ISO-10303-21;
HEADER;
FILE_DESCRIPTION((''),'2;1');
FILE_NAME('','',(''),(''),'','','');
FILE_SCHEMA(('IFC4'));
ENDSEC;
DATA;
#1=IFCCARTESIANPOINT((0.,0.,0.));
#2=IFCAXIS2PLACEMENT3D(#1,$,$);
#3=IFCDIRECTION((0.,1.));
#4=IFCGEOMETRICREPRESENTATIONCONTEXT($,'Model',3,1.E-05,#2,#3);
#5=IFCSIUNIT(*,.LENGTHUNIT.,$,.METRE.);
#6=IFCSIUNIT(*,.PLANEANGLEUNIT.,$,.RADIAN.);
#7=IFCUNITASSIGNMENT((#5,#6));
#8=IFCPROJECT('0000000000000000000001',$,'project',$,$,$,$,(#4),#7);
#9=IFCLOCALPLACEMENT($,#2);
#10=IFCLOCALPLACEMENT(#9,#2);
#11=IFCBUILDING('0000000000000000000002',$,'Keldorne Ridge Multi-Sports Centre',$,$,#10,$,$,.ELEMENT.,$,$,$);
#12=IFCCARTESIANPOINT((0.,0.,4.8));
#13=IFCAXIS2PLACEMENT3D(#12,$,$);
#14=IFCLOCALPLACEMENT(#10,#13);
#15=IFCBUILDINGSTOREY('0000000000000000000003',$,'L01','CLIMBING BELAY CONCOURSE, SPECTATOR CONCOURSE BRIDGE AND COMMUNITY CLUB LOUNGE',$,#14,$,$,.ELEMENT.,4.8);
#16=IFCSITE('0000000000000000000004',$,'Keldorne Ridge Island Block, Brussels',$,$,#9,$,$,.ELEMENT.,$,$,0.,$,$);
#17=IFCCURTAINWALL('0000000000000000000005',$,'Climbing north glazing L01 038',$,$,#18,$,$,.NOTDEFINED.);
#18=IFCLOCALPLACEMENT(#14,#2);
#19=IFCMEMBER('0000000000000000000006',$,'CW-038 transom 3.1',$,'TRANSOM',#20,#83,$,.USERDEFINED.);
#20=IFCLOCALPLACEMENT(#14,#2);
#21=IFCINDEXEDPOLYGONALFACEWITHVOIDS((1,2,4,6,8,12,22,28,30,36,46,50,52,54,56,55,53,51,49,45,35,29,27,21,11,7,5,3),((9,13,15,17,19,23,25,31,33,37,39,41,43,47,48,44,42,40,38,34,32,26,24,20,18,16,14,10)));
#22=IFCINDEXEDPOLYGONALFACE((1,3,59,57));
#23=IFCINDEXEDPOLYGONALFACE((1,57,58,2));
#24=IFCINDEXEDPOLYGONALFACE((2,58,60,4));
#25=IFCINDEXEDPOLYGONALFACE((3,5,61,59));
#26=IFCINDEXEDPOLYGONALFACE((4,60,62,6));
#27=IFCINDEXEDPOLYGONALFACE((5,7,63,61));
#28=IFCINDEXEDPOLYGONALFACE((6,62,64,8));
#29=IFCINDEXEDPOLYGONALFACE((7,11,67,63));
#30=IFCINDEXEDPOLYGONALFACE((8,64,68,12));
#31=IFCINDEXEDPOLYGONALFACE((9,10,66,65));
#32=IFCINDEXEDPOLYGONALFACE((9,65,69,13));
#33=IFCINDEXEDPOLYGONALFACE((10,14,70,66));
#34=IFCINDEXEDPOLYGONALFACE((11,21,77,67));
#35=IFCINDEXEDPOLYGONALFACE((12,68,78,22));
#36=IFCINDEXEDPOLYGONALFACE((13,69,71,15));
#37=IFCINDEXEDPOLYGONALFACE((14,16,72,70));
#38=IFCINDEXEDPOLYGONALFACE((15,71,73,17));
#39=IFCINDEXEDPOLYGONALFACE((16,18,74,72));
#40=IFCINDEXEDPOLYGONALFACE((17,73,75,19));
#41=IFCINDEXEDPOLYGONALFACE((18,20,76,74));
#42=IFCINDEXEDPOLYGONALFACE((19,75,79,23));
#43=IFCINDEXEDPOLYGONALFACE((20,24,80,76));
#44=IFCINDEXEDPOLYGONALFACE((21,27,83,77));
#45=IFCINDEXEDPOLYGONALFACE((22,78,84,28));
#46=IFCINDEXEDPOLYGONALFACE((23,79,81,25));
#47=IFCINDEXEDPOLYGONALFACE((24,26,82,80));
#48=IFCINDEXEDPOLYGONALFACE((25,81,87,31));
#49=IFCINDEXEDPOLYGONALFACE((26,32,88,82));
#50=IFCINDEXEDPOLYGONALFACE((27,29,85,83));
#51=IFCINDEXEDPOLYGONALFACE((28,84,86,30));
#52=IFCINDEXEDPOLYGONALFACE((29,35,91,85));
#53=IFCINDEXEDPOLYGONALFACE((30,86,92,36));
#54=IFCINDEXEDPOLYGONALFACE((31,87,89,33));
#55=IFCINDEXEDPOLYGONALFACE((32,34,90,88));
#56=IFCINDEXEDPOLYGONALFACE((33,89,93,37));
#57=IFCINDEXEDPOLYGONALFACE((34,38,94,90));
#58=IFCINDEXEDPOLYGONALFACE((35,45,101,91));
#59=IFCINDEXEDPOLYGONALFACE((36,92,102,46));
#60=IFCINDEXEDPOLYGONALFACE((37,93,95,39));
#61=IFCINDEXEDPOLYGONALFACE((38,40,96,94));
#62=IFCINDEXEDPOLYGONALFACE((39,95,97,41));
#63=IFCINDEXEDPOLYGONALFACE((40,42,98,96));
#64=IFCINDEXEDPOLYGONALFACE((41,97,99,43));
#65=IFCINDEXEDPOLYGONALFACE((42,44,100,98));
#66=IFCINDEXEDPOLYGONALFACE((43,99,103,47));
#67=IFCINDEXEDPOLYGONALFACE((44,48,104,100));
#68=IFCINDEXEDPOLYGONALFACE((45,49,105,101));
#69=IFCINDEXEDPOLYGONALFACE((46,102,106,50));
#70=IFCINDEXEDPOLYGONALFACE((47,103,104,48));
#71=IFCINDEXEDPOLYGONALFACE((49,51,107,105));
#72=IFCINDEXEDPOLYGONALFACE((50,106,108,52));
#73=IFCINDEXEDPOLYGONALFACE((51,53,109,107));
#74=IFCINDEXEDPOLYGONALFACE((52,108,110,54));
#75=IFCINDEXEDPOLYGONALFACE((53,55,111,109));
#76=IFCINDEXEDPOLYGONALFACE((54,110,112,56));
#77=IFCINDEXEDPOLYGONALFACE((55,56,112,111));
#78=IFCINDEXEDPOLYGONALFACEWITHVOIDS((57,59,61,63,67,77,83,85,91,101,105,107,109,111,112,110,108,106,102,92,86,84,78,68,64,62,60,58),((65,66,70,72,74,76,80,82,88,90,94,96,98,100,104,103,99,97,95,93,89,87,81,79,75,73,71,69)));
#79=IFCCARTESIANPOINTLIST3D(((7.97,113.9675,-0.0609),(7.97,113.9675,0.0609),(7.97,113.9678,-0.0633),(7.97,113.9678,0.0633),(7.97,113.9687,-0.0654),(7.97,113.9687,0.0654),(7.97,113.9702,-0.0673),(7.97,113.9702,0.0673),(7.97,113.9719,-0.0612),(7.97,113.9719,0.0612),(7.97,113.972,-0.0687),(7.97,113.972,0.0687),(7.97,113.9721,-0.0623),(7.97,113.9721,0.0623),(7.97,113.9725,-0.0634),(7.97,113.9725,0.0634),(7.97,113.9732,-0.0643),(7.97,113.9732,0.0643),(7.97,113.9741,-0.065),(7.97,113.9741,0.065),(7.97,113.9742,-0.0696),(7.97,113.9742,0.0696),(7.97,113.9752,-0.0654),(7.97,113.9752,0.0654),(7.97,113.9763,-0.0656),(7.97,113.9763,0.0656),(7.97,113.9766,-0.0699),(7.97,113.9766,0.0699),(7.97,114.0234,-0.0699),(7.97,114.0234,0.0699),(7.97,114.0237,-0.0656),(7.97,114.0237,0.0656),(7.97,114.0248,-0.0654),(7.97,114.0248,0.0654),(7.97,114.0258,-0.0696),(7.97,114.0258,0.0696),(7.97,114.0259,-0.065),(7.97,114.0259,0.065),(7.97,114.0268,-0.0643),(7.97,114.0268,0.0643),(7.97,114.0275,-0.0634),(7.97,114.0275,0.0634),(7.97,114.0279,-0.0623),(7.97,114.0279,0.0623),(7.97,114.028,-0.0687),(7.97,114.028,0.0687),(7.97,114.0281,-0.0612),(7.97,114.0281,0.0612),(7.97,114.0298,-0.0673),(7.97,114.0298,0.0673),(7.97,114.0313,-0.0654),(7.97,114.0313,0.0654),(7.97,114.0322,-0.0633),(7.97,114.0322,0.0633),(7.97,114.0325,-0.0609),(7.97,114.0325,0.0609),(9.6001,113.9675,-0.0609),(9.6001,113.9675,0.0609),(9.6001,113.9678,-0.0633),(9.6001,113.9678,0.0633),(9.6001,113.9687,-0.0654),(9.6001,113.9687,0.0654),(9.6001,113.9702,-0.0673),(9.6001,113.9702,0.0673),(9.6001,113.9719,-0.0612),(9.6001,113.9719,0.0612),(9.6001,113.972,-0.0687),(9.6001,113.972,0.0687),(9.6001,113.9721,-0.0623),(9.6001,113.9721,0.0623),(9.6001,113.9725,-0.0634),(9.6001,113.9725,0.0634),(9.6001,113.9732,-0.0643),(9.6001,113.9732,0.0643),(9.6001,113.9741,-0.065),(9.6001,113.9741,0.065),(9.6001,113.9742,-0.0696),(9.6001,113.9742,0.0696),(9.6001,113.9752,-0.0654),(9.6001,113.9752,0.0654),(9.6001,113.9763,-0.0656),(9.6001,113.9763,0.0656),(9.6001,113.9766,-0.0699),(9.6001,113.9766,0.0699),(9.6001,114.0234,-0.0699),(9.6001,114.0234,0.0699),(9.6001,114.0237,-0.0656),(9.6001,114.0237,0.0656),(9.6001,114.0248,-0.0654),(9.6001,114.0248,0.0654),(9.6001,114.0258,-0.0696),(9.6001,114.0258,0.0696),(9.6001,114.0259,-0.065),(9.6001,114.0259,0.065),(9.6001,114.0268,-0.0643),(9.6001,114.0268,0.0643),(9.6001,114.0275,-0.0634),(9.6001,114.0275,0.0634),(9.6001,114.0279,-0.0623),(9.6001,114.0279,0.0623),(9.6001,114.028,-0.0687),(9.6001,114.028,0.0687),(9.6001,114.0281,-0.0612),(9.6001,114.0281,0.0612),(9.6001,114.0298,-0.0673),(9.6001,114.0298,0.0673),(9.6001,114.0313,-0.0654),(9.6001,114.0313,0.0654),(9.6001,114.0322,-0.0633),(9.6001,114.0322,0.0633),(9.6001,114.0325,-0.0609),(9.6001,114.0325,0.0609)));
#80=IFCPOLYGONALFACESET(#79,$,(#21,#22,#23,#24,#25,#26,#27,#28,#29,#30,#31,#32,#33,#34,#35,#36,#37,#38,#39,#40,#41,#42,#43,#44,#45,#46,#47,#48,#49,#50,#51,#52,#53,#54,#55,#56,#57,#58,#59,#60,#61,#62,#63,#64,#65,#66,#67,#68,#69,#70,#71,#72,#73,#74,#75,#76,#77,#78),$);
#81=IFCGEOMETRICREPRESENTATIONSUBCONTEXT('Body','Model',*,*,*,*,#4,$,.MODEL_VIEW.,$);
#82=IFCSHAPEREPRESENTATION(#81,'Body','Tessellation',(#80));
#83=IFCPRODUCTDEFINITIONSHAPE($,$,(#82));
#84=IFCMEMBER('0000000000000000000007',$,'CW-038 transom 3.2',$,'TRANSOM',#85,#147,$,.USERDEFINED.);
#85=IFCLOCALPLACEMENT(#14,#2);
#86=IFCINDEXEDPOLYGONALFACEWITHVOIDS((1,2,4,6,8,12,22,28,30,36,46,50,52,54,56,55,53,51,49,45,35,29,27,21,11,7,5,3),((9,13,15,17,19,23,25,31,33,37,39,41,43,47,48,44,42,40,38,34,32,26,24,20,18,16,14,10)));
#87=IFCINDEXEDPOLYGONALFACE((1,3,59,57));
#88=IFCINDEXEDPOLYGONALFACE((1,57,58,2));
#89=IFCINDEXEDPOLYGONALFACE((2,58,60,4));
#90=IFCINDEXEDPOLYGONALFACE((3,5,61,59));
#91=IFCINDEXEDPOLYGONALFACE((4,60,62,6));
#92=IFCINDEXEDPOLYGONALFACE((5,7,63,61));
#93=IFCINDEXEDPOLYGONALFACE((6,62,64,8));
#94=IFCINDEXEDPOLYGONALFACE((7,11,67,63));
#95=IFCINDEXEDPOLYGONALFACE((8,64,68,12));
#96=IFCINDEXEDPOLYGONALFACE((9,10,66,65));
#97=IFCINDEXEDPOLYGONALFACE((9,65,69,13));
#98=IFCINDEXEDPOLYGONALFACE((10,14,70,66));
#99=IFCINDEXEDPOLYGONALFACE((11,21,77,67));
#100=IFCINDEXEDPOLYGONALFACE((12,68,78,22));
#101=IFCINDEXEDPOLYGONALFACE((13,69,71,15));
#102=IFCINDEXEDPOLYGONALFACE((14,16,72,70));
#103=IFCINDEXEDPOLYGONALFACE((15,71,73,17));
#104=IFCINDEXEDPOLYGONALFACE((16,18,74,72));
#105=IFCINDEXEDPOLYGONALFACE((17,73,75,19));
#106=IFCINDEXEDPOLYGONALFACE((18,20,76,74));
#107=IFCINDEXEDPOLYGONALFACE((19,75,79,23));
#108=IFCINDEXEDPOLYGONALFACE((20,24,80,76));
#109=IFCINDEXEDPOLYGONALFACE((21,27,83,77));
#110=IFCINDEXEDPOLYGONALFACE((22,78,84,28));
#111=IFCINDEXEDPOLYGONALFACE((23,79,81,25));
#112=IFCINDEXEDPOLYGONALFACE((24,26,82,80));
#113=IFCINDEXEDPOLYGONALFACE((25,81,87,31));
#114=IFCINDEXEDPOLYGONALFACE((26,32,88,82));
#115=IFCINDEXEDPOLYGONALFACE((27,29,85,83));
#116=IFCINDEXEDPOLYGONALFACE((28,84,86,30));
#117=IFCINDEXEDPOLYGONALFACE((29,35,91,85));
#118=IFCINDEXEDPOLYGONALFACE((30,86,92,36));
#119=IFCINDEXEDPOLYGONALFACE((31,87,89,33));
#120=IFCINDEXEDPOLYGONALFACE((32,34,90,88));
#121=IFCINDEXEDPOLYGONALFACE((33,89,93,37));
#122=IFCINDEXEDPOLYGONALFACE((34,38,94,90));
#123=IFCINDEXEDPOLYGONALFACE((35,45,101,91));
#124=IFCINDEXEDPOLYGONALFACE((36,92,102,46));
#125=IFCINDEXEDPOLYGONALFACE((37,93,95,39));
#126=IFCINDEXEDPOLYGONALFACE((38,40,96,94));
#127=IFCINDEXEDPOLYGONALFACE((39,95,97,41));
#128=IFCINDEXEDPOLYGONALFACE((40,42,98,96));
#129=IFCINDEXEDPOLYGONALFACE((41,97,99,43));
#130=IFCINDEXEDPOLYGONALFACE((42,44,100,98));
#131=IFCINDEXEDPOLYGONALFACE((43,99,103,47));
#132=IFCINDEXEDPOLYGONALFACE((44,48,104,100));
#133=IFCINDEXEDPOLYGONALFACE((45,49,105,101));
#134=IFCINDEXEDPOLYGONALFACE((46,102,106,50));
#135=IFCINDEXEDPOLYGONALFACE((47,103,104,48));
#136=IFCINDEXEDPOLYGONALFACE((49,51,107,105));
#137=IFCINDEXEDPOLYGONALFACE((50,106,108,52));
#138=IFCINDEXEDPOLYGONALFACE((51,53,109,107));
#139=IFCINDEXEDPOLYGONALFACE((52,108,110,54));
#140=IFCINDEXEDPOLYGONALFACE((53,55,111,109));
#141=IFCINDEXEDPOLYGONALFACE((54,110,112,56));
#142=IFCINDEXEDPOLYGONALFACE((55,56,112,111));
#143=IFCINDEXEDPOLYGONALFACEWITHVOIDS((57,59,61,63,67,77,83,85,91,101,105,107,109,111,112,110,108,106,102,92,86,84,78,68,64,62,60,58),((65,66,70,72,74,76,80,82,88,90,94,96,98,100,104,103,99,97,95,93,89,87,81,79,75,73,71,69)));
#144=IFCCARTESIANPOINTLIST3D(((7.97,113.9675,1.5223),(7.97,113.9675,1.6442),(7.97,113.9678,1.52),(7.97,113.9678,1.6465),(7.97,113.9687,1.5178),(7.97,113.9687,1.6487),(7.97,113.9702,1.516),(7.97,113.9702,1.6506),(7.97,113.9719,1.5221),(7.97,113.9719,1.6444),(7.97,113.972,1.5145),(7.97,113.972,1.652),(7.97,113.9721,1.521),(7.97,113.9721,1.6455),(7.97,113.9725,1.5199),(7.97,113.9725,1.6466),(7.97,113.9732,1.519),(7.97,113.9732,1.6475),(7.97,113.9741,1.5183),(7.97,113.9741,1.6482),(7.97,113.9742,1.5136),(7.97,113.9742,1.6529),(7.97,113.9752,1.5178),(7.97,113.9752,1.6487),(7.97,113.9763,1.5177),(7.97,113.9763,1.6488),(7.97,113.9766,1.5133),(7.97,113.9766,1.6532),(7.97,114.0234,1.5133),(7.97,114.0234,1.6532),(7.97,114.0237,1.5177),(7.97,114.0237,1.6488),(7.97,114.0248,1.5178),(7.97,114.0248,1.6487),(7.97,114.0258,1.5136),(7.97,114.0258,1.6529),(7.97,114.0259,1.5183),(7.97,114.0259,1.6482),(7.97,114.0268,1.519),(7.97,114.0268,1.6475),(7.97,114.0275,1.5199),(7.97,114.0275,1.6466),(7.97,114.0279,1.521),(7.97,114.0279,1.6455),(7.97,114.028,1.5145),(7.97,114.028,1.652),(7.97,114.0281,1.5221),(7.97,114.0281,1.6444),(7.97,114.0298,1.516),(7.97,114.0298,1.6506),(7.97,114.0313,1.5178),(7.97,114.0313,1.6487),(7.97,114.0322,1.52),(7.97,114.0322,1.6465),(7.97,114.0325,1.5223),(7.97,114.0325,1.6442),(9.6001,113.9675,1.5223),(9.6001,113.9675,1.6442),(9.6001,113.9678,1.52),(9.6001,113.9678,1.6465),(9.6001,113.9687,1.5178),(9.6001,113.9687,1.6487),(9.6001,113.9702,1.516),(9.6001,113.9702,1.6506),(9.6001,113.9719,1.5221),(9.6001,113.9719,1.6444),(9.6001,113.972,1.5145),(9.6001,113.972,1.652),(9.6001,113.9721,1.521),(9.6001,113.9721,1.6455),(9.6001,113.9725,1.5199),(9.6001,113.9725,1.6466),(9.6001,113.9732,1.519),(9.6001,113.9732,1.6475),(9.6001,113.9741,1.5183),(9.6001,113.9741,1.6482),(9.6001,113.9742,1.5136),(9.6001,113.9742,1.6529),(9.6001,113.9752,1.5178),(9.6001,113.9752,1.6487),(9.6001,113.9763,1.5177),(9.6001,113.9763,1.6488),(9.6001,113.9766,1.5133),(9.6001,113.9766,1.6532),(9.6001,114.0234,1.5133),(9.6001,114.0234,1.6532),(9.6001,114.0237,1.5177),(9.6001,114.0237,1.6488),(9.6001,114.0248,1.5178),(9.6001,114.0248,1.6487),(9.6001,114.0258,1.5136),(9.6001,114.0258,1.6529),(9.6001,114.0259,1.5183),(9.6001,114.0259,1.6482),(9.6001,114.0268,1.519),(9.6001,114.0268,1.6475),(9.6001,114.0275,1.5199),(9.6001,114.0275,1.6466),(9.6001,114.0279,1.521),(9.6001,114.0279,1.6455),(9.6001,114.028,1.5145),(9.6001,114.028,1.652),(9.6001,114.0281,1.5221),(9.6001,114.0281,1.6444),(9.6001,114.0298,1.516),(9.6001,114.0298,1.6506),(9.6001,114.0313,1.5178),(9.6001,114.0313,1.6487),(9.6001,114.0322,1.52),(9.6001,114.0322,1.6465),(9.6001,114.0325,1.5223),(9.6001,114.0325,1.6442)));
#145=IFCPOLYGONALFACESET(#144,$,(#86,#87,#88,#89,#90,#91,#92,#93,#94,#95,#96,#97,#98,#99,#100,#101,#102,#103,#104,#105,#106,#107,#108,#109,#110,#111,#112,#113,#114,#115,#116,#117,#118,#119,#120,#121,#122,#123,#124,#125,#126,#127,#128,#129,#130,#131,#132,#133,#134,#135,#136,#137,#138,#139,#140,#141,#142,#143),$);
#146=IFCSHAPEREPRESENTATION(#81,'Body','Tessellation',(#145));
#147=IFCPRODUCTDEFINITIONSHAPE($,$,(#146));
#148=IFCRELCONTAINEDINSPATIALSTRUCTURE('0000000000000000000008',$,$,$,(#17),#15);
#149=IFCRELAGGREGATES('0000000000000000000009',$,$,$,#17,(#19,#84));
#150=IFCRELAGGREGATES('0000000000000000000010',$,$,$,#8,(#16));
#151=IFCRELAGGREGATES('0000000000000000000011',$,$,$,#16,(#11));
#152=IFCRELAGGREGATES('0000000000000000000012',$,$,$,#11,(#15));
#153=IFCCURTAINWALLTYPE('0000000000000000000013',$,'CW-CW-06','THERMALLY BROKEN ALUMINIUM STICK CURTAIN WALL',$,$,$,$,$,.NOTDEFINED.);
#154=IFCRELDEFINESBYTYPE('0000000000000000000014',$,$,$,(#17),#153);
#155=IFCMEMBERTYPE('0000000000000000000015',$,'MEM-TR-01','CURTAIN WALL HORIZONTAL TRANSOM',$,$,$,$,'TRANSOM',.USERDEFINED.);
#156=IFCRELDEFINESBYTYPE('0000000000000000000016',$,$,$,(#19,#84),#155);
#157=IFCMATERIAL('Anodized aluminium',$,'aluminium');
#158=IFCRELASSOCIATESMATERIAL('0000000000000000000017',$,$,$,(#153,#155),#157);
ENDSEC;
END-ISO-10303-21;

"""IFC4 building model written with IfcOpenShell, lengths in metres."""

from ifc_helpers import new_model, si_unit, direction, frame, origin, origin_2d, place, context, subcontext, project, spatial, hollow_rectangle, extrude, material, material_profile, profile_set, type_object, element, aggregate, save


model = new_model("IFC4")

# Units and contexts
model_context = context("Model", 3, precision=1e-05, world=origin(), true_north=direction((0.0, 1.0)))
body_context = subcontext(model_context, "Body", "Model", "MODEL_VIEW")
ifc_project = project(units=[si_unit("LENGTHUNIT", "METRE"), si_unit("PLANEANGLEUNIT", "RADIAN")], contexts=[model_context])

# Site, building, storey
site_placement = place(None, origin())
site = spatial("IfcSite", under=ifc_project, at=site_placement, Name="Keldorne Ridge Island Block, Brussels", CompositionType="ELEMENT", RefElevation=0.0)
building_placement = place(site_placement, origin())
building = spatial("IfcBuilding", under=site, at=building_placement, Name="Keldorne Ridge Multi-Sports Centre", CompositionType="ELEMENT")
storey_placement = place(building_placement, frame((0.0, 0.0, 4.8)))
storey = spatial("IfcBuildingStorey", under=building, at=storey_placement, Name="L01", Description="CLIMBING BELAY CONCOURSE, SPECTATOR CONCOURSE BRIDGE AND COMMUNITY CLUB LOUNGE", CompositionType="ELEMENT", Elevation=4.8)

# Curtain wall
ifc_material_1 = material(Name="Anodized aluminium", Category="aluminium")
curtain_wall_type_1 = type_object("IfcCurtainWallType", Name="CW-CW-06", Description="THERMALLY BROKEN ALUMINIUM STICK CURTAIN WALL", PredefinedType="NOTDEFINED", material=ifc_material_1)
curtain_wall_1_placement = place(storey_placement, origin())
curtain_wall_1 = element("IfcCurtainWall", 1, at=curtain_wall_1_placement, inside=storey, type_object=curtain_wall_type_1, Name="Climbing north glazing L01 038", PredefinedType="NOTDEFINED")

# Members
ifc_material_profile_1 = material_profile(ifc_material_1, hollow_rectangle(XDim=0.0649, YDim=0.1399, WallThickness=0.0044, InnerFilletRadius=0.0044, OuterFilletRadius=0.009, at=origin_2d()), Name="ALU TRANSOM 140x65x4.5")
ifc_profile_set_1 = profile_set([ifc_material_profile_1], Name="Anodized aluminium")
member_type_1 = type_object("IfcMemberType", Name="MEM-TR-01", Description="CURTAIN WALL HORIZONTAL TRANSOM", ElementType="TRANSOM", PredefinedType="USERDEFINED", material=ifc_profile_set_1)
member_1_placement = place(storey_placement, frame((9.6001, 114.0, 0.0), z_axis=(-1.0, 0.0, 0.0), x_axis=(0.0, -1.0, 0.0)))
member_1 = element("IfcMember", 2, at=member_1_placement, type_object=member_type_1, Name="CW-038 transom 3.1", ObjectType="TRANSOM", PredefinedType="USERDEFINED", context=body_context, shape_type="SweptSolid", body=[
    extrude(hollow_rectangle(XDim=0.0649, YDim=0.1399, WallThickness=0.0044, InnerFilletRadius=0.0044, OuterFilletRadius=0.009, at=origin_2d()), origin(), (0.0, 0.0, 1.0), 1.6301),
])
member_2_placement = place(storey_placement, frame((9.6001, 114.0, 1.5833), z_axis=(-1.0, 0.0, 0.0), x_axis=(0.0, -1.0, 0.0)))
member_2 = element("IfcMember", 3, at=member_2_placement, type_object=member_type_1, Name="CW-038 transom 3.2", ObjectType="TRANSOM", PredefinedType="USERDEFINED", context=body_context, shape_type="SweptSolid", body=[
    extrude(hollow_rectangle(XDim=0.0649, YDim=0.1399, WallThickness=0.0044, InnerFilletRadius=0.0044, OuterFilletRadius=0.009, at=origin_2d()), origin(), (0.0, 0.0, 1.0), 1.6301),
])

aggregate(curtain_wall_1, [member_1, member_2])

save(model, "model.ifc")
